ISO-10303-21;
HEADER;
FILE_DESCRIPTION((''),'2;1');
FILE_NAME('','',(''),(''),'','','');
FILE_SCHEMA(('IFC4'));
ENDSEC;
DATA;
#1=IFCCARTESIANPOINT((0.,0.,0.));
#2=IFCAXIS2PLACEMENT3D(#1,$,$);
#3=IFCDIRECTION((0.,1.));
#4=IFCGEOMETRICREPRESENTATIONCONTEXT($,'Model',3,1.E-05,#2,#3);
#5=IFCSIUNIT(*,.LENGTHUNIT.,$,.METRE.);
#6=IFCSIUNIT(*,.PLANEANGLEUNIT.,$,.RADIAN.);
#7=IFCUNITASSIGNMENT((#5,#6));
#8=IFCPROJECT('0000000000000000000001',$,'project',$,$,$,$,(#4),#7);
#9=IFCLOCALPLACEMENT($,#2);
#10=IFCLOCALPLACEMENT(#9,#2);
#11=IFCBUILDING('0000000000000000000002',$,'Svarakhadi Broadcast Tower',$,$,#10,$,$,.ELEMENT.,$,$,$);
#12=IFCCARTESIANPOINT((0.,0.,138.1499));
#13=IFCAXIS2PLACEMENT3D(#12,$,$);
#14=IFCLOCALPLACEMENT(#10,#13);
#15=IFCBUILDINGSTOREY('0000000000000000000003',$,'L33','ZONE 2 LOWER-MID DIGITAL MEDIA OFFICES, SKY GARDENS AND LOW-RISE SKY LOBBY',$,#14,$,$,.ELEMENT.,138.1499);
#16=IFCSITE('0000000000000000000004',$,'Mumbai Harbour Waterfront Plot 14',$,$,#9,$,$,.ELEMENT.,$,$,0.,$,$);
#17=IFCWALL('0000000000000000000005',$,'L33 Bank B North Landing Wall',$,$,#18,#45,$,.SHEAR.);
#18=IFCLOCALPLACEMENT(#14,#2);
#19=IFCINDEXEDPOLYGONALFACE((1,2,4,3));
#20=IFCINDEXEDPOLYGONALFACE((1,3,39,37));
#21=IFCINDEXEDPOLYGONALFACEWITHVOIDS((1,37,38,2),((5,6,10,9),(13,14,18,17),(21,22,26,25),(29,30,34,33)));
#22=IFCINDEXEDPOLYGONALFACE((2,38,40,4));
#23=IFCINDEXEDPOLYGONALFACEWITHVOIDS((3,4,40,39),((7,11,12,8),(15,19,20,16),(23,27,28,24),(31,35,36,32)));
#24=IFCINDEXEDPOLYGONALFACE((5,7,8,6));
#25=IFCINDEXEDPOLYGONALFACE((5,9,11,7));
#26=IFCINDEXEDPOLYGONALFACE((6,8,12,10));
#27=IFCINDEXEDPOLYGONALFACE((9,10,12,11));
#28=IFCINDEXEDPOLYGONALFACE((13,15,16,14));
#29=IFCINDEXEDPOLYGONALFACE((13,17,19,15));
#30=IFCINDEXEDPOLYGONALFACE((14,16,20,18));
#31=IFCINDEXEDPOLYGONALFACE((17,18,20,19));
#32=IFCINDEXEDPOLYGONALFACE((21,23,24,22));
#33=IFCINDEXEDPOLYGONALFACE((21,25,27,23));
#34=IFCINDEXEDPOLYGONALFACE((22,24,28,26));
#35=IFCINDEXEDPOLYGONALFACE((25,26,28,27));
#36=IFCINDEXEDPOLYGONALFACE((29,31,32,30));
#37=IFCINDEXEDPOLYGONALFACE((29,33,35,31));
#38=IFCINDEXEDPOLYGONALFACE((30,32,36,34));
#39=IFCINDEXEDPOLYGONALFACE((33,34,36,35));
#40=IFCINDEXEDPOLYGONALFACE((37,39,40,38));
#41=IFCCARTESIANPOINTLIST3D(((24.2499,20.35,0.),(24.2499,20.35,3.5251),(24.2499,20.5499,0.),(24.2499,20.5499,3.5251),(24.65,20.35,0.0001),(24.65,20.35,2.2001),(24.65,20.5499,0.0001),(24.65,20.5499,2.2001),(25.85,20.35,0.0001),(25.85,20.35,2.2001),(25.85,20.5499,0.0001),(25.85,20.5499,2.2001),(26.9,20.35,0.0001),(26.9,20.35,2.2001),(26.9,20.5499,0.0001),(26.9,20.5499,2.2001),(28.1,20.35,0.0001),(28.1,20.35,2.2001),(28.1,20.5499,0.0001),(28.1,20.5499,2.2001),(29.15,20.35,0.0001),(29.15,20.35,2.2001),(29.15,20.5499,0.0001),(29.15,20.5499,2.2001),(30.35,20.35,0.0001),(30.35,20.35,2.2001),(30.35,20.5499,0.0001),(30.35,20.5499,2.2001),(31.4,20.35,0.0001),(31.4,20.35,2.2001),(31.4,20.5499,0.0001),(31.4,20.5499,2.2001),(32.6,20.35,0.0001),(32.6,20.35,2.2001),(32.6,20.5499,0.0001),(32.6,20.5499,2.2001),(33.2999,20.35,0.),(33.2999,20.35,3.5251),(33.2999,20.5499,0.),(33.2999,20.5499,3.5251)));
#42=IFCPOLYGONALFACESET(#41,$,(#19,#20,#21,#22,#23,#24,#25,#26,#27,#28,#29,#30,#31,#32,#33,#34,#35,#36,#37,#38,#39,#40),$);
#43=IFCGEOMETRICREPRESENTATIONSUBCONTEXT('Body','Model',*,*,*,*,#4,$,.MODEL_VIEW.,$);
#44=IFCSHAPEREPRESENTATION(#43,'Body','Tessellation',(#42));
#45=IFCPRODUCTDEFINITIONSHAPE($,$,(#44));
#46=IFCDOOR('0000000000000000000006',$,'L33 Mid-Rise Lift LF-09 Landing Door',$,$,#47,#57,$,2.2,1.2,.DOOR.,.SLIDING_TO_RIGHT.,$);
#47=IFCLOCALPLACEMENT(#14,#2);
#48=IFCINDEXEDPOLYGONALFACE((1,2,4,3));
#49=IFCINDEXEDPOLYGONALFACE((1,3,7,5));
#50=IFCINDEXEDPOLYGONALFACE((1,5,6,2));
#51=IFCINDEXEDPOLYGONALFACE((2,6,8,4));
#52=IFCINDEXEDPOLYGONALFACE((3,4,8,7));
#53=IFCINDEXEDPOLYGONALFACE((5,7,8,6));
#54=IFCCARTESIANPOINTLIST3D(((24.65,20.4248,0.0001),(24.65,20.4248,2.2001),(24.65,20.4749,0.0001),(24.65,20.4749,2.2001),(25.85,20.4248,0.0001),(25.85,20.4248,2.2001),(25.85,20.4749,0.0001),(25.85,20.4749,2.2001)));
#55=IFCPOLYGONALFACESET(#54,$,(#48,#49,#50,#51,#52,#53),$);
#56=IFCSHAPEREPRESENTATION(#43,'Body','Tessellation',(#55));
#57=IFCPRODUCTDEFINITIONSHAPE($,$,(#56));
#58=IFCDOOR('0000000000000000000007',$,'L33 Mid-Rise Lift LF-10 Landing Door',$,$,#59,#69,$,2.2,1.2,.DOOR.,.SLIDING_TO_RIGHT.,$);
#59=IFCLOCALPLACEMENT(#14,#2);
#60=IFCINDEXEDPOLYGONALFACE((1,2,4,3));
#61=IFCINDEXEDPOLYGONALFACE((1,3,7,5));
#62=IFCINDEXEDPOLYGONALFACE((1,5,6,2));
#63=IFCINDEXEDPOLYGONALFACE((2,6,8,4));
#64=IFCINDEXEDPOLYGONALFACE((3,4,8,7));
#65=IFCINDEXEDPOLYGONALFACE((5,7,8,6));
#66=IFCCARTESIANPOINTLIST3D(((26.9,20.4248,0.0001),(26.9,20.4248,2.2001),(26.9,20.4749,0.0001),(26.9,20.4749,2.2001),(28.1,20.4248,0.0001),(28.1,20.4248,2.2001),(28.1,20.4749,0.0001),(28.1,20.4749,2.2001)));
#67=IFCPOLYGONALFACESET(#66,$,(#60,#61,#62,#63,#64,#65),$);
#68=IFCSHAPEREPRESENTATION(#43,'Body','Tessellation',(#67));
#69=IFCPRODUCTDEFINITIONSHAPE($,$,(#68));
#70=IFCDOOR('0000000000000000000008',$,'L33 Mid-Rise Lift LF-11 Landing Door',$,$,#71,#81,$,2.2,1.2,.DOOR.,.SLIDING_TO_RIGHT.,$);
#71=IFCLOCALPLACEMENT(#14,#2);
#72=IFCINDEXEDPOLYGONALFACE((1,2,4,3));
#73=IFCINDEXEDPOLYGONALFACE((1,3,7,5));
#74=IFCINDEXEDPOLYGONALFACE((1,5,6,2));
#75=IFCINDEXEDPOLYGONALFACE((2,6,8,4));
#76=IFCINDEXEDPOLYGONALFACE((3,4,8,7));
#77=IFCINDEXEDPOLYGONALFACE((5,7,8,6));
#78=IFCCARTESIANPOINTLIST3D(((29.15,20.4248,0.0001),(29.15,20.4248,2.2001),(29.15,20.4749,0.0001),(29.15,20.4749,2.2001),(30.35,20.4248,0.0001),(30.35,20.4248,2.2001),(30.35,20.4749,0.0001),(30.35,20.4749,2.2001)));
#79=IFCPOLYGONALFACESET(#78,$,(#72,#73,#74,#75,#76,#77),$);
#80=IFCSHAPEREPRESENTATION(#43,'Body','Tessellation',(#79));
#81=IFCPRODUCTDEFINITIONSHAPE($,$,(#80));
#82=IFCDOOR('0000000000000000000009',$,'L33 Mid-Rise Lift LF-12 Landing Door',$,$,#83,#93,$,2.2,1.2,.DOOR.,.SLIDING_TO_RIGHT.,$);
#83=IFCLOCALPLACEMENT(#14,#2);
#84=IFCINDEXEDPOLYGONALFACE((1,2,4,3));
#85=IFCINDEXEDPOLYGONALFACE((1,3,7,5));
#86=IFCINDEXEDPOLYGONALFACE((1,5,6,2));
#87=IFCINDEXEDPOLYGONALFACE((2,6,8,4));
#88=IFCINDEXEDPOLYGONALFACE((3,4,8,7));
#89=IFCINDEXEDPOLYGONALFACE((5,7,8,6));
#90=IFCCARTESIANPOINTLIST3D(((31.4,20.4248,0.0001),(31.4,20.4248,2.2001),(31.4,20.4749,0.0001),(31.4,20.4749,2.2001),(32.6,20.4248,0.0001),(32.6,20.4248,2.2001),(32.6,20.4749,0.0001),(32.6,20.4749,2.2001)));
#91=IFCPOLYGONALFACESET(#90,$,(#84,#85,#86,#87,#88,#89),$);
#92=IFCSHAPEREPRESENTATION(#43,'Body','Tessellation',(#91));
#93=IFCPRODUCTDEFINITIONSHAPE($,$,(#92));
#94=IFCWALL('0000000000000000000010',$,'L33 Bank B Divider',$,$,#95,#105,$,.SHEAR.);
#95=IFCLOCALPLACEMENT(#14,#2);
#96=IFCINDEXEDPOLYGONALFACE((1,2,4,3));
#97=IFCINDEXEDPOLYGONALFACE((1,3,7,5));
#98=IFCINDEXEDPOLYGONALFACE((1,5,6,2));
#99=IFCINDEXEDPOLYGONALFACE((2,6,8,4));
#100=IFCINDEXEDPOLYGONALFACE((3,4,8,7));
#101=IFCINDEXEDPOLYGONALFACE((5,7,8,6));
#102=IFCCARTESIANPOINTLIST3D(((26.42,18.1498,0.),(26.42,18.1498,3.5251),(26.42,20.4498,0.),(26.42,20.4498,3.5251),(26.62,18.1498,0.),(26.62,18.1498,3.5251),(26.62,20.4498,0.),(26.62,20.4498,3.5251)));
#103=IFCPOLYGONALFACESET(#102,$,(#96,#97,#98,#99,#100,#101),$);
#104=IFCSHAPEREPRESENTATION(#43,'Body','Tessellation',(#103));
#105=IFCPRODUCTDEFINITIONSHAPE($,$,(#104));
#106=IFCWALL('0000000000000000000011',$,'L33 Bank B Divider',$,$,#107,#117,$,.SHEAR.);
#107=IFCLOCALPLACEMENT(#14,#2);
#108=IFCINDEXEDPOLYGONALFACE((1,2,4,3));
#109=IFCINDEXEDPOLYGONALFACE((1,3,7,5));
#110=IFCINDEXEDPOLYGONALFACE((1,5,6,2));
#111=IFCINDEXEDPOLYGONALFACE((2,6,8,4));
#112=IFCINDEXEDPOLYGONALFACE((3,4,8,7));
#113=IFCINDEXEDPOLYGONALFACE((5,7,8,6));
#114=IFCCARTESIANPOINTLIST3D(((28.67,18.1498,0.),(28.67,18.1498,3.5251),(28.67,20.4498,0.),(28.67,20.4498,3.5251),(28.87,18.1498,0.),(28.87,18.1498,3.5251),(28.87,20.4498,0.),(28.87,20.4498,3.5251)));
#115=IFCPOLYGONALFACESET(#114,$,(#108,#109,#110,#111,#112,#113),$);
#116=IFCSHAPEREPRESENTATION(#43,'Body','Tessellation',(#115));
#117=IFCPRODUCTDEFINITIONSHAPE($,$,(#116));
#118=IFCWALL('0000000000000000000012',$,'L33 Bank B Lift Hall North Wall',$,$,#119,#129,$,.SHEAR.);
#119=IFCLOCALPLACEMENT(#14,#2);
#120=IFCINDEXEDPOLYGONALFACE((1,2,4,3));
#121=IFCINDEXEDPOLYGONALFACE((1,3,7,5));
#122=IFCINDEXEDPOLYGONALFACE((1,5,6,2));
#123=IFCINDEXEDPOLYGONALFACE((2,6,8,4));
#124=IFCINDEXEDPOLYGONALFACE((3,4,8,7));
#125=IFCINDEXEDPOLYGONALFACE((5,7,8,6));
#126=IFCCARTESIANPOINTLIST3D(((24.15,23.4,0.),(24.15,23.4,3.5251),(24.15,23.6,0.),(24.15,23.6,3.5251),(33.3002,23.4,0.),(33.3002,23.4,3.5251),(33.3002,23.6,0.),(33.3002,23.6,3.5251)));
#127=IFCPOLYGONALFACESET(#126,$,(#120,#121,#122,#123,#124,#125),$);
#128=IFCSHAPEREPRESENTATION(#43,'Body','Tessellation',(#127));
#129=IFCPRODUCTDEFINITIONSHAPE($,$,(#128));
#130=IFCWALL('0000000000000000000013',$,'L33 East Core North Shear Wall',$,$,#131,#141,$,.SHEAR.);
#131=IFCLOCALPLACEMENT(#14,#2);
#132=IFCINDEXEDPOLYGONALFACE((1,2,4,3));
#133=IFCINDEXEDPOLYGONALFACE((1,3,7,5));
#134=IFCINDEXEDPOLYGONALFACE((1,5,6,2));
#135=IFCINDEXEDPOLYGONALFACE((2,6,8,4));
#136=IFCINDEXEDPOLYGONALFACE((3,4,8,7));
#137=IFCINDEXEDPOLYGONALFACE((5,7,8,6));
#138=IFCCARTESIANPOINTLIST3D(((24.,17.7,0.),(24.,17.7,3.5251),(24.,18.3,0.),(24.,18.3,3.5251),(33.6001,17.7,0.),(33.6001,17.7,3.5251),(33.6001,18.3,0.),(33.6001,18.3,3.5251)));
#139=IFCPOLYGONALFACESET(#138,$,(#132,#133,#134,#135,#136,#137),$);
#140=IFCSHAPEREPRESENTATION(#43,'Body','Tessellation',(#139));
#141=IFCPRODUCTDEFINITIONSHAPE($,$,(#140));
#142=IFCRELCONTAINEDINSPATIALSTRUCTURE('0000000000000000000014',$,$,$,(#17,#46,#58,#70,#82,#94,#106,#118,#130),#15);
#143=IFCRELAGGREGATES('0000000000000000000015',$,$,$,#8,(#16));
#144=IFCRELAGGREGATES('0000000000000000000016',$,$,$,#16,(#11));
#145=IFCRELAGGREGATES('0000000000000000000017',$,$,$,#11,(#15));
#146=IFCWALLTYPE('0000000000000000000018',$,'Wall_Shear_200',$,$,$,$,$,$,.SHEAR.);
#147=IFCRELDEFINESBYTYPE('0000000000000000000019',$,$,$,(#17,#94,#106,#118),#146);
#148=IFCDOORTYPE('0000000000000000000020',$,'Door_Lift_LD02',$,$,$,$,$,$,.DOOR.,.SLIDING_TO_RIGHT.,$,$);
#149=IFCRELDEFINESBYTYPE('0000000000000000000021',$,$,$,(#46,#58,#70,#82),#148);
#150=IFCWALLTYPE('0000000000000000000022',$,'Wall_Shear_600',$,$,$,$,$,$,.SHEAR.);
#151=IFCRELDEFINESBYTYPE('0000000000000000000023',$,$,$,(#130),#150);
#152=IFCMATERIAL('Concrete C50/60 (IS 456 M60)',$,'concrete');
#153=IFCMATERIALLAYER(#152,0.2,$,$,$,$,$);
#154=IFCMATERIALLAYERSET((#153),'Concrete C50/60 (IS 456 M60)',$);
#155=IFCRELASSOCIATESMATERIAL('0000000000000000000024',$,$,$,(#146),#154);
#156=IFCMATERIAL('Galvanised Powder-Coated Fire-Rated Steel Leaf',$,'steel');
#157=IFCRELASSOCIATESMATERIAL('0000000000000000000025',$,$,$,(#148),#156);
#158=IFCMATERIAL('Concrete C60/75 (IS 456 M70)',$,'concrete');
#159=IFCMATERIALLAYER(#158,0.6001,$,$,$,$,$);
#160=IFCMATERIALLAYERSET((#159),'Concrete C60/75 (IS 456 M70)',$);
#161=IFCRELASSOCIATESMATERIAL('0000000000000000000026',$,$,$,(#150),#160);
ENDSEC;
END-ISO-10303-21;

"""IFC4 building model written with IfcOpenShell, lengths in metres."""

from ifc_helpers import new_model, si_unit, direction, frame, frame_2d, origin, place, context, subcontext, project, spatial, rectangle, extrude, material, layer, layer_set, type_object, element, fill, save


model = new_model("IFC4")

# Units and contexts
model_context = context("Model", 3, precision=1e-05, world=origin(), true_north=direction((0.0, 1.0)))
body_context = subcontext(model_context, "Body", "Model", "MODEL_VIEW")
ifc_project = project(units=[si_unit("LENGTHUNIT", "METRE"), si_unit("PLANEANGLEUNIT", "RADIAN")], contexts=[model_context])

# Site, building, storey
site_placement = place(None, origin())
site = spatial("IfcSite", under=ifc_project, at=site_placement, Name="Mumbai Harbour Waterfront Plot 14", CompositionType="ELEMENT", RefElevation=0.0)
building_placement = place(site_placement, origin())
building = spatial("IfcBuilding", under=site, at=building_placement, Name="Svarakhadi Broadcast Tower", CompositionType="ELEMENT")
storey_placement = place(building_placement, frame((0.0, 0.0, 138.1499)))
storey = spatial("IfcBuildingStorey", under=building, at=storey_placement, Name="L33", Description="ZONE 2 LOWER-MID DIGITAL MEDIA OFFICES, SKY GARDENS AND LOW-RISE SKY LOBBY", CompositionType="ELEMENT", Elevation=138.1499)

# Shared definitions
ifc_material_1 = material(Name="Concrete C50/60 (IS 456 M60)", Category="concrete")
ifc_layer_1 = layer(ifc_material_1, 0.2)
ifc_layer_set_1 = layer_set([ifc_layer_1], Name="Concrete C50/60 (IS 456 M60)")
wall_type_1 = type_object("IfcWallType", Name="Wall_Shear_200", PredefinedType="SHEAR", material=ifc_layer_set_1)

# Wall, openings, doors
wall_1_placement = place(storey_placement, frame((24.25, 20.45, 0.0), z_axis=(0.0, 0.0, 1.0), x_axis=(1.0, 0.0, 0.0)))
wall_1 = element("IfcWall", 1, at=wall_1_placement, inside=storey, type_object=wall_type_1, Name="L33 Bank B North Landing Wall", PredefinedType="SHEAR", context=body_context, shape_type="SweptSolid", body=[
    extrude(rectangle(XDim=9.05, YDim=0.2, at=frame_2d((4.5249, 0.0))), origin(), (0.0, 0.0, 1.0), 3.5251),
])
opening_1_placement = place(wall_1_placement, frame((0.3999, 0.0, 0.0)))
opening_1 = element("IfcOpeningElement", 2, at=opening_1_placement, cuts=wall_1, PredefinedType="OPENING", context=body_context, shape_type="SweptSolid", body=[
    extrude(rectangle(XDim=1.2, YDim=2.2, at=frame_2d((0.6001, 1.1001))), frame((0.0, 0.1099, 0.0), z_axis=(0.0, -1.0, 0.0), x_axis=(1.0, 0.0, 0.0)), (0.0, 0.0, 1.0), 0.22),
])
opening_2_placement = place(wall_1_placement, frame((2.6499, 0.0, 0.0)))
opening_2 = element("IfcOpeningElement", 3, at=opening_2_placement, cuts=wall_1, PredefinedType="OPENING", context=body_context, shape_type="SweptSolid", body=[
    extrude(rectangle(XDim=1.2, YDim=2.2, at=frame_2d((0.6001, 1.1001))), frame((0.0, 0.1099, 0.0), z_axis=(0.0, -1.0, 0.0), x_axis=(1.0, 0.0, 0.0)), (0.0, 0.0, 1.0), 0.22),
])
opening_3_placement = place(wall_1_placement, frame((4.8999, 0.0, 0.0)))
opening_3 = element("IfcOpeningElement", 4, at=opening_3_placement, cuts=wall_1, PredefinedType="OPENING", context=body_context, shape_type="SweptSolid", body=[
    extrude(rectangle(XDim=1.2, YDim=2.2, at=frame_2d((0.6001, 1.1001))), frame((0.0, 0.1099, 0.0), z_axis=(0.0, -1.0, 0.0), x_axis=(1.0, 0.0, 0.0)), (0.0, 0.0, 1.0), 0.22),
])
opening_4_placement = place(wall_1_placement, frame((7.1499, 0.0, 0.0)))
opening_4 = element("IfcOpeningElement", 5, at=opening_4_placement, cuts=wall_1, PredefinedType="OPENING", context=body_context, shape_type="SweptSolid", body=[
    extrude(rectangle(XDim=1.2, YDim=2.2, at=frame_2d((0.6001, 1.1001))), frame((0.0, 0.1099, 0.0), z_axis=(0.0, -1.0, 0.0), x_axis=(1.0, 0.0, 0.0)), (0.0, 0.0, 1.0), 0.22),
])
ifc_material_2 = material(Name="Galvanised Powder-Coated Fire-Rated Steel Leaf", Category="steel")
door_type_1 = type_object("IfcDoorType", Name="Door_Lift_LD02", OperationType="SLIDING_TO_RIGHT", PredefinedType="DOOR", material=ifc_material_2)
door_1_placement = place(opening_1_placement, origin())
door_1 = element("IfcDoor", 6, at=door_1_placement, inside=storey, type_object=door_type_1, Name="L33 Mid-Rise Lift LF-09 Landing Door", OperationType="SLIDING_TO_RIGHT", OverallHeight=2.2, OverallWidth=1.2, PredefinedType="DOOR", context=body_context, shape_type="SweptSolid", body=[
    extrude(rectangle(XDim=1.2, YDim=2.2, at=frame_2d((0.6001, 1.1001))), frame((0.0, 0.0249, 0.0), z_axis=(0.0, -1.0, 0.0), x_axis=(1.0, 0.0, 0.0)), (0.0, 0.0, 1.0), 0.05),
])
fill(opening_1, door_1)
door_2_placement = place(opening_2_placement, origin())
door_2 = element("IfcDoor", 7, at=door_2_placement, inside=storey, type_object=door_type_1, Name="L33 Mid-Rise Lift LF-10 Landing Door", OperationType="SLIDING_TO_RIGHT", OverallHeight=2.2, OverallWidth=1.2, PredefinedType="DOOR", context=body_context, shape_type="SweptSolid", body=[
    extrude(rectangle(XDim=1.2, YDim=2.2, at=frame_2d((0.6001, 1.1001))), frame((0.0, 0.0249, 0.0), z_axis=(0.0, -1.0, 0.0), x_axis=(1.0, 0.0, 0.0)), (0.0, 0.0, 1.0), 0.05),
])
fill(opening_2, door_2)
door_3_placement = place(opening_3_placement, origin())
door_3 = element("IfcDoor", 8, at=door_3_placement, inside=storey, type_object=door_type_1, Name="L33 Mid-Rise Lift LF-11 Landing Door", OperationType="SLIDING_TO_RIGHT", OverallHeight=2.2, OverallWidth=1.2, PredefinedType="DOOR", context=body_context, shape_type="SweptSolid", body=[
    extrude(rectangle(XDim=1.2, YDim=2.2, at=frame_2d((0.6001, 1.1001))), frame((0.0, 0.0249, 0.0), z_axis=(0.0, -1.0, 0.0), x_axis=(1.0, 0.0, 0.0)), (0.0, 0.0, 1.0), 0.05),
])
fill(opening_3, door_3)
door_4_placement = place(opening_4_placement, origin())
door_4 = element("IfcDoor", 9, at=door_4_placement, inside=storey, type_object=door_type_1, Name="L33 Mid-Rise Lift LF-12 Landing Door", OperationType="SLIDING_TO_RIGHT", OverallHeight=2.2, OverallWidth=1.2, PredefinedType="DOOR", context=body_context, shape_type="SweptSolid", body=[
    extrude(rectangle(XDim=1.2, YDim=2.2, at=frame_2d((0.6001, 1.1001))), frame((0.0, 0.0249, 0.0), z_axis=(0.0, -1.0, 0.0), x_axis=(1.0, 0.0, 0.0)), (0.0, 0.0, 1.0), 0.05),
])
fill(opening_4, door_4)

# Walls
for number, where, z_axis, x_axis, name in (
    (10, (26.52, 18.1499, 0.0), (0.0, 0.0, 1.0), (0.0, 1.0, 0.0), "L33 Bank B Divider"),
    (11, (28.77, 18.1499, 0.0), (0.0, 0.0, 1.0), (0.0, 1.0, 0.0), "L33 Bank B Divider"),
):
    element("IfcWall", number, at=place(storey_placement, frame(where, z_axis=z_axis, x_axis=x_axis)), inside=storey, type_object=wall_type_1, Name=name, PredefinedType="SHEAR", context=body_context, shape_type="SweptSolid", body=[
        extrude(rectangle(XDim=2.3, YDim=0.2, at=frame_2d((1.1499, 0.0))), origin(), (0.0, 0.0, 1.0), 3.5251),
    ])
wall_2_placement = place(storey_placement, frame((24.1499, 23.5, 0.0), z_axis=(0.0, 0.0, 1.0), x_axis=(1.0, 0.0, 0.0)))
element("IfcWall", 12, at=wall_2_placement, inside=storey, type_object=wall_type_1, Name="L33 Bank B Lift Hall North Wall", PredefinedType="SHEAR", context=body_context, shape_type="SweptSolid", body=[
    extrude(rectangle(XDim=9.1501, YDim=0.2, at=frame_2d((4.5752, 0.0))), origin(), (0.0, 0.0, 1.0), 3.5251),
])

# Wall
ifc_material_3 = material(Name="Concrete C60/75 (IS 456 M70)", Category="concrete")
ifc_layer_2 = layer(ifc_material_3, 0.6001)
ifc_layer_set_2 = layer_set([ifc_layer_2], Name="Concrete C60/75 (IS 456 M70)")
wall_type_2 = type_object("IfcWallType", Name="Wall_Shear_600", PredefinedType="SHEAR", material=ifc_layer_set_2)
wall_3_placement = place(storey_placement, frame((24.0, 18.0, 0.0), z_axis=(0.0, 0.0, 1.0), x_axis=(1.0, 0.0, 0.0)))
element("IfcWall", 13, at=wall_3_placement, inside=storey, type_object=wall_type_2, Name="L33 East Core North Shear Wall", PredefinedType="SHEAR", context=body_context, shape_type="SweptSolid", body=[
    extrude(rectangle(XDim=9.6001, YDim=0.6001, at=frame_2d((4.8, 0.0))), origin(), (0.0, 0.0, 1.0), 3.5251),
])

save(model, "model.ifc")
